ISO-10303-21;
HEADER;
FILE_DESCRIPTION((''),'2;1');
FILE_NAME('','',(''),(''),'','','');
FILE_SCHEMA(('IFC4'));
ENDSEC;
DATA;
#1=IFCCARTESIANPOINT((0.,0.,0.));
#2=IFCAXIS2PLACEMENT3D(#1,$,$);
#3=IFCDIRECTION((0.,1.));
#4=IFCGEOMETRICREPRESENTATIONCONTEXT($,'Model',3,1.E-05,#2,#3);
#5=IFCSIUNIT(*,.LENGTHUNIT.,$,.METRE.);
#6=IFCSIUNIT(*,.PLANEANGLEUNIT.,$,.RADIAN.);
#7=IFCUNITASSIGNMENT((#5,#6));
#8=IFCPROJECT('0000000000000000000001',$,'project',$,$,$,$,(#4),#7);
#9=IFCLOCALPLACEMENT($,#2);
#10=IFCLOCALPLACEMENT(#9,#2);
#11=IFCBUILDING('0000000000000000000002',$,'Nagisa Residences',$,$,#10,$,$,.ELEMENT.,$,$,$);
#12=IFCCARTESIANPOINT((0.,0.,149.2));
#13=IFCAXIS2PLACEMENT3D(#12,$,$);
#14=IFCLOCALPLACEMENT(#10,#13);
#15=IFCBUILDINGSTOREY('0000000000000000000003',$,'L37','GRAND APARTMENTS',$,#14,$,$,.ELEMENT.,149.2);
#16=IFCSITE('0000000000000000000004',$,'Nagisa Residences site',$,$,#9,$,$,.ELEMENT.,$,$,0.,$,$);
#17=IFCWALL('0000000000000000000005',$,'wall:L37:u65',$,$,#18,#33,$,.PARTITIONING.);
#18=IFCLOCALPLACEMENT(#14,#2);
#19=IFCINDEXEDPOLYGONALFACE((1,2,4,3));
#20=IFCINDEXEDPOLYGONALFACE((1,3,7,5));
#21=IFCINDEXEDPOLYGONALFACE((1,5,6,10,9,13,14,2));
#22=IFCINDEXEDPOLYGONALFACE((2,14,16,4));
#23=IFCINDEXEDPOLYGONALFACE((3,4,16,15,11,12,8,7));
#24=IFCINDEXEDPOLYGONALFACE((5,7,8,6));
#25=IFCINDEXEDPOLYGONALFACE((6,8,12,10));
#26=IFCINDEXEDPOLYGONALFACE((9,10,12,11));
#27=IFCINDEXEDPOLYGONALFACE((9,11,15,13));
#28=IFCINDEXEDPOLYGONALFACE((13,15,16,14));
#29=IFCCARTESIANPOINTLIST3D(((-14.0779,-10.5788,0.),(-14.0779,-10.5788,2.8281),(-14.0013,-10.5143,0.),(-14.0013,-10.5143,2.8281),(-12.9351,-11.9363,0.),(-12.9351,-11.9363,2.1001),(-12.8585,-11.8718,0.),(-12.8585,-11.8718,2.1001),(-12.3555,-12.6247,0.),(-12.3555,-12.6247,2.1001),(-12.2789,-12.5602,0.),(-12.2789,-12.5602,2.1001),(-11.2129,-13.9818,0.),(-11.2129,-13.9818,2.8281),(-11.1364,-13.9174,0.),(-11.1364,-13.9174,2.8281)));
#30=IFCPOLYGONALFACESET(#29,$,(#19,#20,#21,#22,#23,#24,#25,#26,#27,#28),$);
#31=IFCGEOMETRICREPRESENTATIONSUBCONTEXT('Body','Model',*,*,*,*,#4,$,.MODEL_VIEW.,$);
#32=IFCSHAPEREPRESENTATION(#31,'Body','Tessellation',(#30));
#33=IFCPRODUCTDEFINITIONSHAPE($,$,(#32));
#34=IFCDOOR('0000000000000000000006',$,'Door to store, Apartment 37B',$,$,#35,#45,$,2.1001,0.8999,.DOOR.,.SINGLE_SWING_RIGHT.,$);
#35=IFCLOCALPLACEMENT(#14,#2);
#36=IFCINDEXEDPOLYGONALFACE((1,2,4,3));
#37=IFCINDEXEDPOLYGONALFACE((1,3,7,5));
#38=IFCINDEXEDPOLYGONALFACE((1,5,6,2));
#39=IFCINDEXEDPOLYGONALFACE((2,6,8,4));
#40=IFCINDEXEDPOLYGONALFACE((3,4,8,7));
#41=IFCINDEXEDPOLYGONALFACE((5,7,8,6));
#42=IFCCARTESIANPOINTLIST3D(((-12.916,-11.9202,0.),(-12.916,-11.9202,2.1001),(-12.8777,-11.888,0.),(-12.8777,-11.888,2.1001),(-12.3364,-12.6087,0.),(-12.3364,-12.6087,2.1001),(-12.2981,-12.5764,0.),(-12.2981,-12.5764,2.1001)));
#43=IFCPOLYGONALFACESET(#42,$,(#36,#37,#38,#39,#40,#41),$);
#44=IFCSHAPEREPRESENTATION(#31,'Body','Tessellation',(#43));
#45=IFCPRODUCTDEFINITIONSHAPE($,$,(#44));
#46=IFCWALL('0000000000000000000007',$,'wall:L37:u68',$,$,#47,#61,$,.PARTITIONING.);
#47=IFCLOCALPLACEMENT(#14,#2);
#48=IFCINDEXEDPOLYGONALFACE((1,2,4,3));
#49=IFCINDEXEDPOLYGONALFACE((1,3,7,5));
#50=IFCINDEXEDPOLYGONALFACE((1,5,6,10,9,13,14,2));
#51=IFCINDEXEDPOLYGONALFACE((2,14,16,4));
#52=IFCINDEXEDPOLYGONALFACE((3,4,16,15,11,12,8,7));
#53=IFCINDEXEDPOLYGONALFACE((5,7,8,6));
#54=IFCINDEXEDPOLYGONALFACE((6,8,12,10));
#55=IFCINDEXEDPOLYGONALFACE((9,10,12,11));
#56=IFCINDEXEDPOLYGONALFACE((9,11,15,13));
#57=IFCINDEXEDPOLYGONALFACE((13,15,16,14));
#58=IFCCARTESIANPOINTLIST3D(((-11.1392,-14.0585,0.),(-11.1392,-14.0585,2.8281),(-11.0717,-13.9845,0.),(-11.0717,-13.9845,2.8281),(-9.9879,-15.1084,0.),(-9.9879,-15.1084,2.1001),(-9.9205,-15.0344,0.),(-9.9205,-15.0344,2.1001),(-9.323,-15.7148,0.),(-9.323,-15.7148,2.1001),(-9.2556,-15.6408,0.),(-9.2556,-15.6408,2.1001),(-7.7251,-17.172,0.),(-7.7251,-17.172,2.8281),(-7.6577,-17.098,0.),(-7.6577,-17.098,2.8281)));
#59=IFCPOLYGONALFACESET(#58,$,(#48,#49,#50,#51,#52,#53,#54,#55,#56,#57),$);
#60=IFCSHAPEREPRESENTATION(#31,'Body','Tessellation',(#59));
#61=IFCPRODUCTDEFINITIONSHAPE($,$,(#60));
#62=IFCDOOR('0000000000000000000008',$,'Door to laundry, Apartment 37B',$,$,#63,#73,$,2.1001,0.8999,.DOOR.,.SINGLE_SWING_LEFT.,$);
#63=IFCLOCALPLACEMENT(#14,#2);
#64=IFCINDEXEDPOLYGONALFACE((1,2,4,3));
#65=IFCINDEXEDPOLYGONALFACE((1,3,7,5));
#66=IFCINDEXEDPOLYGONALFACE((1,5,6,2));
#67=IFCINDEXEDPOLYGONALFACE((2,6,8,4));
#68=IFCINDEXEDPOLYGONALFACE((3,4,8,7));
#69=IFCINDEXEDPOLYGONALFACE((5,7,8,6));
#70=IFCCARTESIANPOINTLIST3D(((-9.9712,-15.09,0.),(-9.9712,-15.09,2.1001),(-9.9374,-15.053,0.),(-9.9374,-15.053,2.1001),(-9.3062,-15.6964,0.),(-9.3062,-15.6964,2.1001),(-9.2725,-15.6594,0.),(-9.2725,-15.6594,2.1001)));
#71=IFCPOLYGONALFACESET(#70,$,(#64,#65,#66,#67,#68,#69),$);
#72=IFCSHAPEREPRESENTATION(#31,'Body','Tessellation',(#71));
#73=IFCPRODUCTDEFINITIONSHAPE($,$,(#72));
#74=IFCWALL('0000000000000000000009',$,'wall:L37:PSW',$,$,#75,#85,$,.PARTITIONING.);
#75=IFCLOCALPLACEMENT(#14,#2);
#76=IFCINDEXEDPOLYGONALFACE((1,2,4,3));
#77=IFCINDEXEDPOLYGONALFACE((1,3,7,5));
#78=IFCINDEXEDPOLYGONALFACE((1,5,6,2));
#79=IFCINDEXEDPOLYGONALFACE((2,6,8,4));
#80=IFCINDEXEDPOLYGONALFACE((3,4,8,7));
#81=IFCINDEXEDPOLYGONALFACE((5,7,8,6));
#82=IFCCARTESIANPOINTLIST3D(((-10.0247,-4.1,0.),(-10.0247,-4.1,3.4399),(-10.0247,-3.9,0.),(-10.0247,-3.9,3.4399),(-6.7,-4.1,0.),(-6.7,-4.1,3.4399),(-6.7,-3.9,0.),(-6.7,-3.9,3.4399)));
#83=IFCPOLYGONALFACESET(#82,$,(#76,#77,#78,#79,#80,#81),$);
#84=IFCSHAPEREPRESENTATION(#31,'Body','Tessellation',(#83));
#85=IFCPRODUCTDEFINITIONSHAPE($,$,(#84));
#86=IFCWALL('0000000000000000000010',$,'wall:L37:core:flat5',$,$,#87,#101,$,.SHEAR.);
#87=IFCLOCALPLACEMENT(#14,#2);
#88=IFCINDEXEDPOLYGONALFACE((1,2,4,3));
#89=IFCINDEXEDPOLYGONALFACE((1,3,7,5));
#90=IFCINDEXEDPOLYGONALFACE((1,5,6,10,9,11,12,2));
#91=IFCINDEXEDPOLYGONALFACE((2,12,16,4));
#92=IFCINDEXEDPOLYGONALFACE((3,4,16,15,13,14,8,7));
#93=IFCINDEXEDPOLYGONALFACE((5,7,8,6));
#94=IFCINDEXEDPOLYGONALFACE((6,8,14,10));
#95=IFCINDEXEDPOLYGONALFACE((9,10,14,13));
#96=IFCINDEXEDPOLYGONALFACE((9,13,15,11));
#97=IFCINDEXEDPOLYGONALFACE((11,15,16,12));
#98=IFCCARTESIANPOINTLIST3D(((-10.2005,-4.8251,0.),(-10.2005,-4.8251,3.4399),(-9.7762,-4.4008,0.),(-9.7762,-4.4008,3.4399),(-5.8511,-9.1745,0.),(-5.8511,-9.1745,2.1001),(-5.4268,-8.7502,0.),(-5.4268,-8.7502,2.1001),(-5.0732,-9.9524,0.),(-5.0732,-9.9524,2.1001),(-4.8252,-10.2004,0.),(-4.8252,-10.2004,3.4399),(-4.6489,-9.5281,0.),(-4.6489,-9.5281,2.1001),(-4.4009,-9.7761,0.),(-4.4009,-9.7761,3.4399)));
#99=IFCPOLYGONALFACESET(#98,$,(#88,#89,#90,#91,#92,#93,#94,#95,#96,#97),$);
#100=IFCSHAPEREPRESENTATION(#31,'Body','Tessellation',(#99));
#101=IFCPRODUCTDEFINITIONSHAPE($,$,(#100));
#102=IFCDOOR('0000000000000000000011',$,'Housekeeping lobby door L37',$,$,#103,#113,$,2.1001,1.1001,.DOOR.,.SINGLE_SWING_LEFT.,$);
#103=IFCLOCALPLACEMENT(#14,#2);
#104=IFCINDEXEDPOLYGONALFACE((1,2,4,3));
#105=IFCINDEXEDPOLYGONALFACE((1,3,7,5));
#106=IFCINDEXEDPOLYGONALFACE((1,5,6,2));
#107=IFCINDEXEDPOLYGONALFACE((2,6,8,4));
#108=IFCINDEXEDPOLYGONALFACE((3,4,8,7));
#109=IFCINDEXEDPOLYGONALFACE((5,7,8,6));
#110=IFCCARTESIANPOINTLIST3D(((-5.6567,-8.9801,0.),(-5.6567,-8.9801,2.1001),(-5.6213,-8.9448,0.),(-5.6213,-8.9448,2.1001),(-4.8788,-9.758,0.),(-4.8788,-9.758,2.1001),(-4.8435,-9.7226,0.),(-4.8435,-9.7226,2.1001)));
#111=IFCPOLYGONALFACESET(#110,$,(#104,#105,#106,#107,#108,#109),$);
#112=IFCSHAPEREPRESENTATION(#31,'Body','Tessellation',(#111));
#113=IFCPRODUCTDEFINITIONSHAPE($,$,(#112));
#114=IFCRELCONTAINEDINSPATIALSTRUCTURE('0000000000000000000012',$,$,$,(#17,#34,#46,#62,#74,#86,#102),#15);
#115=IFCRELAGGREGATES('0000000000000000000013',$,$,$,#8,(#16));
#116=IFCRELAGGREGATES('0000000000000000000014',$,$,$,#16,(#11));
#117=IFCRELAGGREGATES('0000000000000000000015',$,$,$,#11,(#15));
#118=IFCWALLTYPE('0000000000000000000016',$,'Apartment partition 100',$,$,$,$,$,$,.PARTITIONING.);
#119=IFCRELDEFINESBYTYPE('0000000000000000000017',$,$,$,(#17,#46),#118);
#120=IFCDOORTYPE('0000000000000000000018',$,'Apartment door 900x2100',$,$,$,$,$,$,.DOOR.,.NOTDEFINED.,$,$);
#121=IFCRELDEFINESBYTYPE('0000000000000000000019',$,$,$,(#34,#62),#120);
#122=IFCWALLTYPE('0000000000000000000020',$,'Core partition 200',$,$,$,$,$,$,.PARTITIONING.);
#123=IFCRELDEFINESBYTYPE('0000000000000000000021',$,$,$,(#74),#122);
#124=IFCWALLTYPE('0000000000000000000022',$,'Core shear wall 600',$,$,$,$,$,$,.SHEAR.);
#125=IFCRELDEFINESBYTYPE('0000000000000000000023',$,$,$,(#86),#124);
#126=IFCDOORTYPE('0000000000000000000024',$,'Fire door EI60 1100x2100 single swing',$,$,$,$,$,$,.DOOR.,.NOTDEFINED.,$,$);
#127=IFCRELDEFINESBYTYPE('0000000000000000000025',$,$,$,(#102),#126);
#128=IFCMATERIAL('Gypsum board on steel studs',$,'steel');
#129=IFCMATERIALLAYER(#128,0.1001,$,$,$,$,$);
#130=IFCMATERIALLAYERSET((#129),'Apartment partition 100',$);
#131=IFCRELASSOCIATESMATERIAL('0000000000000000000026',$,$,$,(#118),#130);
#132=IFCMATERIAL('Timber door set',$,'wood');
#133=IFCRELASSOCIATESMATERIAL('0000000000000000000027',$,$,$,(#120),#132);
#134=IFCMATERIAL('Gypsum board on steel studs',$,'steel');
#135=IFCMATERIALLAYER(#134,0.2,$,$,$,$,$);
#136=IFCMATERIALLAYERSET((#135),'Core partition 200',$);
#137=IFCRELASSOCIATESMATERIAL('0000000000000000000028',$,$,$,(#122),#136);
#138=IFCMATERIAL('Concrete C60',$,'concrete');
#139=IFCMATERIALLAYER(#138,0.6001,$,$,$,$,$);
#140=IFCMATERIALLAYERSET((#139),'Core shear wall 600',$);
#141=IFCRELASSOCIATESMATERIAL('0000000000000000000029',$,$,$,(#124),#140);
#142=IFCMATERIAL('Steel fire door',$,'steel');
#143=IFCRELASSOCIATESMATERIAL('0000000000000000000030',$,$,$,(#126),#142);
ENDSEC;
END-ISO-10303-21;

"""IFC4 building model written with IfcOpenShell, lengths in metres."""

from ifc_helpers import new_model, si_unit, direction, frame, frame_2d, origin, place, context, subcontext, project, spatial, rectangle, extrude, material, layer, layer_set, type_object, element, fill, save


model = new_model("IFC4")

# Units and contexts
model_context = context("Model", 3, precision=1e-05, world=origin(), true_north=direction((0.0, 1.0)))
body_context = subcontext(model_context, "Body", "Model", "MODEL_VIEW")
ifc_project = project(units=[si_unit("LENGTHUNIT", "METRE"), si_unit("PLANEANGLEUNIT", "RADIAN")], contexts=[model_context])

# Site, building, storey
site_placement = place(None, origin())
site = spatial("IfcSite", under=ifc_project, at=site_placement, Name="Nagisa Residences site", CompositionType="ELEMENT", RefElevation=0.0)
building_placement = place(site_placement, origin())
building = spatial("IfcBuilding", under=site, at=building_placement, Name="Nagisa Residences", CompositionType="ELEMENT")
storey_placement = place(building_placement, frame((0.0, 0.0, 149.2)))
storey = spatial("IfcBuildingStorey", under=building, at=storey_placement, Name="L37", Description="GRAND APARTMENTS", CompositionType="ELEMENT", Elevation=149.2)

# Shared definitions
ifc_material_1 = material(Name="Gypsum board on steel studs", Category="steel")
ifc_layer_1 = layer(ifc_material_1, 0.1001)
ifc_layer_set_1 = layer_set([ifc_layer_1], Name="Apartment partition 100")
wall_type_1 = type_object("IfcWallType", Name="Apartment partition 100", PredefinedType="PARTITIONING", material=ifc_layer_set_1)
ifc_material_2 = material(Name="Timber door set", Category="wood")
door_type_1 = type_object("IfcDoorType", Name="Apartment door 900x2100", OperationType="NOTDEFINED", PredefinedType="DOOR", material=ifc_material_2)

# Walls, openings, doors
wall_1_placement = place(storey_placement, frame((-14.0396, -10.5466, 0.0), z_axis=(0.0, 0.0, 1.0), x_axis=(0.644036, -0.764995, 0.0)))
wall_1 = element("IfcWall", 1, at=wall_1_placement, inside=storey, type_object=wall_type_1, Name="wall:L37:u65", PredefinedType="PARTITIONING", context=body_context, shape_type="SweptSolid", body=[
    extrude(rectangle(XDim=4.4485, YDim=0.1001, at=frame_2d((2.2241, 0.0))), origin(), (0.0, 0.0, 1.0), 2.8281),
])
opening_1_placement = place(wall_1_placement, frame((1.7744, 0.0, 0.0)))
opening_1 = element("IfcOpeningElement", 2, at=opening_1_placement, cuts=wall_1, PredefinedType="OPENING", context=body_context, shape_type="SweptSolid", body=[
    extrude(rectangle(XDim=0.8999, YDim=2.1001, at=frame_2d((0.45, 1.05))), frame((0.0, 0.0601, 0.0), z_axis=(0.0, -1.0, 0.0), x_axis=(1.0, 0.0, 0.0)), (0.0, 0.0, 1.0), 0.1201),
])
door_1_placement = place(opening_1_placement, origin())
door_1 = element("IfcDoor", 3, at=door_1_placement, inside=storey, type_object=door_type_1, Name="Door to store, Apartment 37B", OperationType="SINGLE_SWING_RIGHT", OverallHeight=2.1001, OverallWidth=0.8999, PredefinedType="DOOR", context=body_context, shape_type="SweptSolid", body=[
    extrude(rectangle(XDim=0.8999, YDim=2.1001, at=frame_2d((0.45, 1.05))), frame((0.0, 0.0249, 0.0), z_axis=(0.0, -1.0, 0.0), x_axis=(1.0, 0.0, 0.0)), (0.0, 0.0, 1.0), 0.05),
])
fill(opening_1, door_1)
wall_2_placement = place(storey_placement, frame((-11.1055, -14.0215, 0.0), z_axis=(0.0, 0.0, 1.0), x_axis=(0.73888, -0.673837, 0.0)))
wall_2 = element("IfcWall", 4, at=wall_2_placement, inside=storey, type_object=wall_type_1, Name="wall:L37:u68", PredefinedType="PARTITIONING", context=body_context, shape_type="SweptSolid", body=[
    extrude(rectangle(XDim=4.6206, YDim=0.1001, at=frame_2d((2.3103, 0.0))), origin(), (0.0, 0.0, 1.0), 2.8281),
])
opening_2_placement = place(wall_2_placement, frame((1.5581, 0.0, 0.0)))
opening_2 = element("IfcOpeningElement", 5, at=opening_2_placement, cuts=wall_2, PredefinedType="OPENING", context=body_context, shape_type="SweptSolid", body=[
    extrude(rectangle(XDim=0.8999, YDim=2.1001, at=frame_2d((0.45, 1.05))), frame((0.0, 0.0601, 0.0), z_axis=(0.0, -1.0, 0.0), x_axis=(1.0, 0.0, 0.0)), (0.0, 0.0, 1.0), 0.1201),
])
door_2_placement = place(opening_2_placement, origin())
door_2 = element("IfcDoor", 6, at=door_2_placement, inside=storey, type_object=door_type_1, Name="Door to laundry, Apartment 37B", OperationType="SINGLE_SWING_LEFT", OverallHeight=2.1001, OverallWidth=0.8999, PredefinedType="DOOR", context=body_context, shape_type="SweptSolid", body=[
    extrude(rectangle(XDim=0.8999, YDim=2.1001, at=frame_2d((0.45, 1.05))), frame((0.0, 0.0249, 0.0), z_axis=(0.0, -1.0, 0.0), x_axis=(1.0, 0.0, 0.0)), (0.0, 0.0, 1.0), 0.05),
])
fill(opening_2, door_2)

# Wall
ifc_material_3 = material(Name="Gypsum board on steel studs", Category="steel")
ifc_layer_2 = layer(ifc_material_3, 0.2)
ifc_layer_set_2 = layer_set([ifc_layer_2], Name="Core partition 200")
wall_type_2 = type_object("IfcWallType", Name="Core partition 200", PredefinedType="PARTITIONING", material=ifc_layer_set_2)
wall_3_placement = place(storey_placement, frame((-10.0247, -4.0, 0.0), z_axis=(0.0, 0.0, 1.0), x_axis=(1.0, 0.0, 0.0)))
element("IfcWall", 7, at=wall_3_placement, inside=storey, type_object=wall_type_2, Name="wall:L37:PSW", PredefinedType="PARTITIONING", context=body_context, shape_type="SweptSolid", body=[
    extrude(rectangle(XDim=3.3247, YDim=0.2, at=frame_2d((1.6624, 0.0))), origin(), (0.0, 0.0, 1.0), 3.4399),
])

# Wall, opening, door
ifc_material_4 = material(Name="Concrete C60", Category="concrete")
ifc_layer_3 = layer(ifc_material_4, 0.6001)
ifc_layer_set_3 = layer_set([ifc_layer_3], Name="Core shear wall 600")
wall_type_3 = type_object("IfcWallType", Name="Core shear wall 600", PredefinedType="SHEAR", material=ifc_layer_set_3)
wall_4_placement = place(storey_placement, frame((-9.9883, -4.613, 0.0), z_axis=(0.0, 0.0, 1.0), x_axis=(0.707107, -0.707107, 0.0)))
wall_4 = element("IfcWall", 8, at=wall_4_placement, inside=storey, type_object=wall_type_3, Name="wall:L37:core:flat5", PredefinedType="SHEAR", context=body_context, shape_type="SweptSolid", body=[
    extrude(rectangle(XDim=7.6018, YDim=0.6001, at=frame_2d((3.8008, 0.0))), origin(), (0.0, 0.0, 1.0), 3.4399),
])
opening_3_placement = place(wall_4_placement, frame((6.1509, 0.0, 0.0)))
opening_3 = element("IfcOpeningElement", 9, at=opening_3_placement, cuts=wall_4, PredefinedType="OPENING", context=body_context, shape_type="SweptSolid", body=[
    extrude(rectangle(XDim=1.1001, YDim=2.1001, at=frame_2d((0.55, 1.05))), frame((0.0, 0.3101, 0.0), z_axis=(0.0, -1.0, 0.0), x_axis=(1.0, 0.0, 0.0)), (0.0, 0.0, 1.0), 0.6201),
])
ifc_material_5 = material(Name="Steel fire door", Category="steel")
door_type_2 = type_object("IfcDoorType", Name="Fire door EI60 1100x2100 single swing", OperationType="NOTDEFINED", PredefinedType="DOOR", material=ifc_material_5)
door_3_placement = place(opening_3_placement, origin())
door_3 = element("IfcDoor", 10, at=door_3_placement, inside=storey, type_object=door_type_2, Name="Housekeeping lobby door L37", OperationType="SINGLE_SWING_LEFT", OverallHeight=2.1001, OverallWidth=1.1001, PredefinedType="DOOR", context=body_context, shape_type="SweptSolid", body=[
    extrude(rectangle(XDim=1.1001, YDim=2.1001, at=frame_2d((0.55, 1.05))), frame((0.0, 0.0249, 0.0), z_axis=(0.0, -1.0, 0.0), x_axis=(1.0, 0.0, 0.0)), (0.0, 0.0, 1.0), 0.05),
])
fill(opening_3, door_3)

save(model, "model.ifc")
